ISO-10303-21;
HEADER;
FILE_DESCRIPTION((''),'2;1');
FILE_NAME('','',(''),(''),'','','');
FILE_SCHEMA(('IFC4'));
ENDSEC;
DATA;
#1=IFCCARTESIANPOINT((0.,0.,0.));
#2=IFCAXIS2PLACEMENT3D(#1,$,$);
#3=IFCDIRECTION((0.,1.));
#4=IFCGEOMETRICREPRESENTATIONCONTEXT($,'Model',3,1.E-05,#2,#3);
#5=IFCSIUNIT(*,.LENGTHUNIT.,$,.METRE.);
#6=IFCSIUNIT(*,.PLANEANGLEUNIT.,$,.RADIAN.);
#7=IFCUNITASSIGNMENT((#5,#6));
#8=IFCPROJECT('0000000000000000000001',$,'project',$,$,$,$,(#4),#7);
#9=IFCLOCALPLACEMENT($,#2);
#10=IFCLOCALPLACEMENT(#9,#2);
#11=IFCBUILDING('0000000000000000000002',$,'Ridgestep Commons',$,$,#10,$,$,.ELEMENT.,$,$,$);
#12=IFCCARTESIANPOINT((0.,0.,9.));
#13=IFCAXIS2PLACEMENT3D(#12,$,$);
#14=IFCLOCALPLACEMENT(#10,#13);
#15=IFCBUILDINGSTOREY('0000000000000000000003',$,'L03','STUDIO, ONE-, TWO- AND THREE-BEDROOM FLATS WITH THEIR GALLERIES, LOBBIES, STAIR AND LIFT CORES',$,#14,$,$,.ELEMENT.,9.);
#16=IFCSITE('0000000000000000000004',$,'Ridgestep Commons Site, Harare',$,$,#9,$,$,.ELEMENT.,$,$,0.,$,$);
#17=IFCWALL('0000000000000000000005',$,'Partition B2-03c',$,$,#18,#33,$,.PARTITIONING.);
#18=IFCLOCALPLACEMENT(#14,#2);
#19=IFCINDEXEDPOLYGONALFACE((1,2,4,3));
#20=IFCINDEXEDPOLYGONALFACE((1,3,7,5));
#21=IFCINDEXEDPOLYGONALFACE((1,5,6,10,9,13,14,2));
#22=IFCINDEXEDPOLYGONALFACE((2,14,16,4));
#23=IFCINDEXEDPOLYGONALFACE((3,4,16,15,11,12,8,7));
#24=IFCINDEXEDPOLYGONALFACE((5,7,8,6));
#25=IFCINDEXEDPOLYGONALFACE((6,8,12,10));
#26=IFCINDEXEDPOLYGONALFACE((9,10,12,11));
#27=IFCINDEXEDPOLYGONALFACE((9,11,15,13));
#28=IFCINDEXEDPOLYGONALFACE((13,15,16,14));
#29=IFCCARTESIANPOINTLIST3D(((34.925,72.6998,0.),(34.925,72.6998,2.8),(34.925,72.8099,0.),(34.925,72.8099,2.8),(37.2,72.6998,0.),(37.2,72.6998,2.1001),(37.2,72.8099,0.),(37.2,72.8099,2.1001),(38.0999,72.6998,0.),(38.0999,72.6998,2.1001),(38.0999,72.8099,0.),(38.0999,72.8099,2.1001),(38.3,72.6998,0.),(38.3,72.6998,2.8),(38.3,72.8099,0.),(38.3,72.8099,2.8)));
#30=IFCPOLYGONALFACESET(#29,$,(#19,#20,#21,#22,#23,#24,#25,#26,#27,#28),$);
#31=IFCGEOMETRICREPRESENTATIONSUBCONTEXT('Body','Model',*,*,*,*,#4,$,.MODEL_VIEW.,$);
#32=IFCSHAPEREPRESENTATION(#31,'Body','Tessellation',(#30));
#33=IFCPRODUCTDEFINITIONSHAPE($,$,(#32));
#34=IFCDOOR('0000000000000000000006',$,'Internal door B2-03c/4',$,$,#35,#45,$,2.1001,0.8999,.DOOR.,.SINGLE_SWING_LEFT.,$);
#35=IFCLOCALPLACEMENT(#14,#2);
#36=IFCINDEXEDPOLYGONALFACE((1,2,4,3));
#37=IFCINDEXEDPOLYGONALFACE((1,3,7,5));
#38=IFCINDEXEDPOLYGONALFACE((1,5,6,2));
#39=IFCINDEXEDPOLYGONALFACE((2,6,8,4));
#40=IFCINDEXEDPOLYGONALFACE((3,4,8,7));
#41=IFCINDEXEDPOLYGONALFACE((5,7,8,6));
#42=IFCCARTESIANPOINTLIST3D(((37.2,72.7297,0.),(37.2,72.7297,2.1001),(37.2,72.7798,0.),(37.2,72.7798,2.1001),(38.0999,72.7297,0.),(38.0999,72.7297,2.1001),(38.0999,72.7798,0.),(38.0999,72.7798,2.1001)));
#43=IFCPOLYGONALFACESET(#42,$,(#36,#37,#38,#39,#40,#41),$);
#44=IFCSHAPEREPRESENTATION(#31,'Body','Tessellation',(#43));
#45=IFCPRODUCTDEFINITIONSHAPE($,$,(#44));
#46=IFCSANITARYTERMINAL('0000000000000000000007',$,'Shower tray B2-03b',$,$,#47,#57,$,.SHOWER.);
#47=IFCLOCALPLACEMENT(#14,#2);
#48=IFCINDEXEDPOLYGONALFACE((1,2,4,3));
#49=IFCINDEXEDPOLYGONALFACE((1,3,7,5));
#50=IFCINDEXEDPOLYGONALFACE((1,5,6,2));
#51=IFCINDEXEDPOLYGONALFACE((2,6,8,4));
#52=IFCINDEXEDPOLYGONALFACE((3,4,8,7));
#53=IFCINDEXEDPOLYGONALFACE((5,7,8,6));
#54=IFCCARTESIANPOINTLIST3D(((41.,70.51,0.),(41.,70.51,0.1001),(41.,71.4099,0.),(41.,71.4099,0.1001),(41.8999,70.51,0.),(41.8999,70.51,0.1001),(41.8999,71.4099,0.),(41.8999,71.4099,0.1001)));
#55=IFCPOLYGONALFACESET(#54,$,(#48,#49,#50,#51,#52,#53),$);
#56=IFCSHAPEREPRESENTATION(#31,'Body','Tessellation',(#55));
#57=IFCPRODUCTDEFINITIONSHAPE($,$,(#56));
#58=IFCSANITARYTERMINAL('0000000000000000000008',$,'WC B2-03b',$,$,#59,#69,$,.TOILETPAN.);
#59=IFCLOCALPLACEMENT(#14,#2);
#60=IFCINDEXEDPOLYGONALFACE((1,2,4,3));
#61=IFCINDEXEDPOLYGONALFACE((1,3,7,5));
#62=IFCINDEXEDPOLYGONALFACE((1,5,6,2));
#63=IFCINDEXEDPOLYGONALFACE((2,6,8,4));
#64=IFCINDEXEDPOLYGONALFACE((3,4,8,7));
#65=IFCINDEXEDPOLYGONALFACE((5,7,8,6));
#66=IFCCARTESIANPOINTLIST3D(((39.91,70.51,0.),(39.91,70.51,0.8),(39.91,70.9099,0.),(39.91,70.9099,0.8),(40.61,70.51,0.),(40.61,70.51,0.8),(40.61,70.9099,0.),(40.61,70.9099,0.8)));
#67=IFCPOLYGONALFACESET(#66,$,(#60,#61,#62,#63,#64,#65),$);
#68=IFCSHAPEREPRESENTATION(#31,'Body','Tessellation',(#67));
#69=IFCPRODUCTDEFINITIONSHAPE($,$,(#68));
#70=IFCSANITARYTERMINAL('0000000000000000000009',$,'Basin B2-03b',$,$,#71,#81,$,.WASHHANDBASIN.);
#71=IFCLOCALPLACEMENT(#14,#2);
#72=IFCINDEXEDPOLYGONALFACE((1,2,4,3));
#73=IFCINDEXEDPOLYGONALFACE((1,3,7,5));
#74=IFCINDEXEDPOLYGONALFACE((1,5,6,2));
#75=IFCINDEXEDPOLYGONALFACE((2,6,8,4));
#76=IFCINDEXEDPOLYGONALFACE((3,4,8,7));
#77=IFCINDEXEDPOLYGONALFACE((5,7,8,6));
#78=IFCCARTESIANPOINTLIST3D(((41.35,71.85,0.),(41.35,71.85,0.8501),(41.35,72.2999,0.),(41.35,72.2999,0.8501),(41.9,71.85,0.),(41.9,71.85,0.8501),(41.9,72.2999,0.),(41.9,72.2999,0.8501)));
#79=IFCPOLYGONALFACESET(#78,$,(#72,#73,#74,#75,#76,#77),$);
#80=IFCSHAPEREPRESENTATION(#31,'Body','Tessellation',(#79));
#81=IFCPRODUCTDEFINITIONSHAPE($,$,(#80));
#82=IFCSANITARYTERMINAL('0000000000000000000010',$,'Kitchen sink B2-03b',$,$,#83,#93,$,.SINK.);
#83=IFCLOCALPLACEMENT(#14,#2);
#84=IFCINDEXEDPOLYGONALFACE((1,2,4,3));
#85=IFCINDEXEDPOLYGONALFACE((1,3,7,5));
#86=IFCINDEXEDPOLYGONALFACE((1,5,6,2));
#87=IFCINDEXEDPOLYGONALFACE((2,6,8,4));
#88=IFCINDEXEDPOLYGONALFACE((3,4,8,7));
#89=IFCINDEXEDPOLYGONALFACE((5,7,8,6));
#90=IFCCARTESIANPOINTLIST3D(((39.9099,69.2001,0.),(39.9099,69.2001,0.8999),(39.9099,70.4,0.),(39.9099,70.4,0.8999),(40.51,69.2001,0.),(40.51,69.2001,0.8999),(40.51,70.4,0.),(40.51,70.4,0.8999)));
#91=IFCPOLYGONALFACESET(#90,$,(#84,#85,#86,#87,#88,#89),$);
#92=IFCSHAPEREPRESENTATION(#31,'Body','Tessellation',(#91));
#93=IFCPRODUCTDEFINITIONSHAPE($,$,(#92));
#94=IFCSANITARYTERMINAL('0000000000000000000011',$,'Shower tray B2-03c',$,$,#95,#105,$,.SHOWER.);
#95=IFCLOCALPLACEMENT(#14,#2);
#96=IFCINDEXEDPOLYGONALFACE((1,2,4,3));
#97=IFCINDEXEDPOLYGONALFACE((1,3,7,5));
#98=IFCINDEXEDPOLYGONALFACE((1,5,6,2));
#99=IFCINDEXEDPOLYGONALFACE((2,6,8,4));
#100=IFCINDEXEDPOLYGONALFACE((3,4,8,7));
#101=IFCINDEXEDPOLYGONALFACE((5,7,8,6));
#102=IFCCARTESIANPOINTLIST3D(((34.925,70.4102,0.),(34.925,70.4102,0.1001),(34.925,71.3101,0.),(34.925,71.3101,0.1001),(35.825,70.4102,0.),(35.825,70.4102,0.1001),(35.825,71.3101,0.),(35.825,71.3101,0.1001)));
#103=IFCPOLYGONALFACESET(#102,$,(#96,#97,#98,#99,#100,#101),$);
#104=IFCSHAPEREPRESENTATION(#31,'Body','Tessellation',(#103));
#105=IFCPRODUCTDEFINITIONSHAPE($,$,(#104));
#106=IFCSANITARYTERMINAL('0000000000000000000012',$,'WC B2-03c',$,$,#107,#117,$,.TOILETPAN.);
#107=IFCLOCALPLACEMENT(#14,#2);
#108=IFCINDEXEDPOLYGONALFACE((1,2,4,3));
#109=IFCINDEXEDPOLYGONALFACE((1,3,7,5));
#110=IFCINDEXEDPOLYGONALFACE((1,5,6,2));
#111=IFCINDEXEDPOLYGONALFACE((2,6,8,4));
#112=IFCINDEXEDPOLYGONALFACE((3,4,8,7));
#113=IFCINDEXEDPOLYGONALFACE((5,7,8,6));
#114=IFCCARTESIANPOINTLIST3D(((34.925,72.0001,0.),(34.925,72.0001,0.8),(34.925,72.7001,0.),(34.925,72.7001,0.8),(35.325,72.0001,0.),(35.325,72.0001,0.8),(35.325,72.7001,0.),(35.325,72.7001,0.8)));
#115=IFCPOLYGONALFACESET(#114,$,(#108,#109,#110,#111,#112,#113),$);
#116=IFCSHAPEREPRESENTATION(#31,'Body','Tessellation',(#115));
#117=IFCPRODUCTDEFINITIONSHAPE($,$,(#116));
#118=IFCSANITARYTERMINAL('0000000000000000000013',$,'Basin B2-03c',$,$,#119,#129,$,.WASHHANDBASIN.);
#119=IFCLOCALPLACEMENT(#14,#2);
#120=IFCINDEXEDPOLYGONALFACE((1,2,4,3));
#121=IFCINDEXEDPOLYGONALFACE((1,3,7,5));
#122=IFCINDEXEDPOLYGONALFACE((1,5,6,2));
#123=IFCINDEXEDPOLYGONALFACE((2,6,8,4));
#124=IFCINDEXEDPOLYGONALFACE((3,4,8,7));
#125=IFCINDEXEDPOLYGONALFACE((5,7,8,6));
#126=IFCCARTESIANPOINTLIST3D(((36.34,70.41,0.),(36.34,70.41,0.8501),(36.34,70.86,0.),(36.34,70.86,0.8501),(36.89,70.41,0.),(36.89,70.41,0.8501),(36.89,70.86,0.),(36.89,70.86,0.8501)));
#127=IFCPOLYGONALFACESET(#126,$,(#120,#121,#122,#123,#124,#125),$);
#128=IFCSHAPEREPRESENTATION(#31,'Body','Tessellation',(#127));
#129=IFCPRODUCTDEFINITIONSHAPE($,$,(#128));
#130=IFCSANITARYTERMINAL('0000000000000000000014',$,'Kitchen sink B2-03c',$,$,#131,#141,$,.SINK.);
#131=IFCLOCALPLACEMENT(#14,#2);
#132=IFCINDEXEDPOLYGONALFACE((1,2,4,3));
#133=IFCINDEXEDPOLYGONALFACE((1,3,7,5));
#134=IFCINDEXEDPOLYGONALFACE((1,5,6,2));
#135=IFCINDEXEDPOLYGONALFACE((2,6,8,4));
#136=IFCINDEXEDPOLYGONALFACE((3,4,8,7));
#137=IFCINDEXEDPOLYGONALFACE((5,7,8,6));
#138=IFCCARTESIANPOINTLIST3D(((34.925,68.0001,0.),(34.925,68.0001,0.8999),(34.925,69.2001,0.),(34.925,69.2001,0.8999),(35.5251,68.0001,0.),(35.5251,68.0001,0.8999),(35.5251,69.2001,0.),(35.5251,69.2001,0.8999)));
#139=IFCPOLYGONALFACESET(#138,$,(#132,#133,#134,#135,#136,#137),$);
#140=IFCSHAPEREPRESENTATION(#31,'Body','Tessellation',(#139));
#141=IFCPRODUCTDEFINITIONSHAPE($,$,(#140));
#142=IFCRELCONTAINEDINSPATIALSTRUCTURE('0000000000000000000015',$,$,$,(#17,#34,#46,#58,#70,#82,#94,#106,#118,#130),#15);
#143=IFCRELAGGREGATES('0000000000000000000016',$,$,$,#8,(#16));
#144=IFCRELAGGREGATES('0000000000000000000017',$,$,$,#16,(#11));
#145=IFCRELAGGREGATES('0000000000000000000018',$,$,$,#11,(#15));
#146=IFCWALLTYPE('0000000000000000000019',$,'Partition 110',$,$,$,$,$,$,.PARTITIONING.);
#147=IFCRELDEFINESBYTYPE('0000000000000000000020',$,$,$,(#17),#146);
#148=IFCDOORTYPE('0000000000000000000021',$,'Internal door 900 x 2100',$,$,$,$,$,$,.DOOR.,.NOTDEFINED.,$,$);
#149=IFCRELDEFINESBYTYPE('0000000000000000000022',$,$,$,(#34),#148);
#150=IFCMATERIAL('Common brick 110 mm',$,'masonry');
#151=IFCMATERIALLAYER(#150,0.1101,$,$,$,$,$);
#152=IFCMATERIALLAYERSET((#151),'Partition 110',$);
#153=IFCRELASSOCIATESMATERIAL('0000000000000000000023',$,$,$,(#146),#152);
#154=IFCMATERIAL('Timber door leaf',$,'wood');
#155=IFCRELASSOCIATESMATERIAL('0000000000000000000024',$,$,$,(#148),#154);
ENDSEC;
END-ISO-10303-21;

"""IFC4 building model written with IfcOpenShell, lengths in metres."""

from ifc_helpers import new_model, si_unit, direction, frame, frame_2d, origin, origin_2d, place, context, subcontext, project, spatial, rectangle, extrude, material, layer, layer_set, type_object, element, fill, save


model = new_model("IFC4")

# Units and contexts
model_context = context("Model", 3, precision=1e-05, world=origin(), true_north=direction((0.0, 1.0)))
body_context = subcontext(model_context, "Body", "Model", "MODEL_VIEW")
ifc_project = project(units=[si_unit("LENGTHUNIT", "METRE"), si_unit("PLANEANGLEUNIT", "RADIAN")], contexts=[model_context])

# Site, building, storey
site_placement = place(None, origin())
site = spatial("IfcSite", under=ifc_project, at=site_placement, Name="Ridgestep Commons Site, Harare", CompositionType="ELEMENT", RefElevation=0.0)
building_placement = place(site_placement, origin())
building = spatial("IfcBuilding", under=site, at=building_placement, Name="Ridgestep Commons", CompositionType="ELEMENT")
storey_placement = place(building_placement, frame((0.0, 0.0, 9.0)))
storey = spatial("IfcBuildingStorey", under=building, at=storey_placement, Name="L03", Description="STUDIO, ONE-, TWO- AND THREE-BEDROOM FLATS WITH THEIR GALLERIES, LOBBIES, STAIR AND LIFT CORES", CompositionType="ELEMENT", Elevation=9.0)

# Shared definitions
ifc_material_1 = material(Name="Common brick 110 mm", Category="masonry")
ifc_layer_1 = layer(ifc_material_1, 0.1101)
ifc_layer_set_1 = layer_set([ifc_layer_1], Name="Partition 110")
wall_type_1 = type_object("IfcWallType", Name="Partition 110", PredefinedType="PARTITIONING", material=ifc_layer_set_1)

# Shared definitions
ifc_material_2 = material(Name="Timber door leaf", Category="wood")
door_type = type_object("IfcDoorType", Name="Internal door 900 x 2100", OperationType="NOTDEFINED", PredefinedType="DOOR", material=ifc_material_2)

# Wall, opening, door
wall_1_placement = place(storey_placement, frame((34.925, 72.7549, 0.0), z_axis=(0.0, 0.0, 1.0), x_axis=(1.0, 0.0, 0.0)))
wall_1 = element("IfcWall", 1, at=wall_1_placement, inside=storey, type_object=wall_type_1, Name="Partition B2-03c", PredefinedType="PARTITIONING", context=body_context, shape_type="SweptSolid", body=[
    extrude(rectangle(XDim=3.375, YDim=0.1101, at=frame_2d((1.6875, 0.0))), origin(), (0.0, 0.0, 1.0), 2.8),
])
opening_1_placement = place(wall_1_placement, frame((2.2749, 0.0, 0.0)))
opening_1 = element("IfcOpeningElement", 2, at=opening_1_placement, cuts=wall_1, PredefinedType="OPENING", context=body_context, shape_type="SweptSolid", body=[
    extrude(rectangle(XDim=0.8999, YDim=2.1001, at=frame_2d((0.45, 1.05))), frame((0.0, 0.0649, 0.0), z_axis=(0.0, -1.0, 0.0), x_axis=(1.0, 0.0, 0.0)), (0.0, 0.0, 1.0), 0.1301),
])
door_1_placement = place(opening_1_placement, origin())
door_1 = element("IfcDoor", 3, at=door_1_placement, inside=storey, type_object=door_type, Name="Internal door B2-03c/4", OperationType="SINGLE_SWING_LEFT", OverallHeight=2.1001, OverallWidth=0.8999, PredefinedType="DOOR", context=body_context, shape_type="SweptSolid", body=[
    extrude(rectangle(XDim=0.8999, YDim=2.1001, at=frame_2d((0.45, 1.05))), frame((0.0, 0.0249, 0.0), z_axis=(0.0, -1.0, 0.0), x_axis=(1.0, 0.0, 0.0)), (0.0, 0.0, 1.0), 0.05),
])
fill(opening_1, door_1)

# Sanitary terminals
sanitary_terminal_1_placement = place(storey_placement, frame((41.45, 70.96, 0.0), z_axis=(0.0, 0.0, 1.0), x_axis=(1.0, 0.0, 0.0)))
element("IfcSanitaryTerminal", 4, at=sanitary_terminal_1_placement, inside=storey, Name="Shower tray B2-03b", PredefinedType="SHOWER", context=body_context, shape_type="SweptSolid", body=[
    extrude(rectangle(XDim=0.8999, YDim=0.8999, at=origin_2d()), origin(), (0.0, 0.0, 1.0), 0.1001),
])
sanitary_terminal_2_placement = place(storey_placement, frame((40.26, 70.71, 0.0), z_axis=(0.0, 0.0, 1.0), x_axis=(1.0, 0.0, 0.0)))
element("IfcSanitaryTerminal", 5, at=sanitary_terminal_2_placement, inside=storey, Name="WC B2-03b", PredefinedType="TOILETPAN", context=body_context, shape_type="SweptSolid", body=[
    extrude(rectangle(XDim=0.7, YDim=0.3999, at=origin_2d()), origin(), (0.0, 0.0, 1.0), 0.8),
])
sanitary_terminal_3_placement = place(storey_placement, frame((41.625, 72.075, 0.0), z_axis=(0.0, 0.0, 1.0), x_axis=(1.0, 0.0, 0.0)))
element("IfcSanitaryTerminal", 6, at=sanitary_terminal_3_placement, inside=storey, Name="Basin B2-03b", PredefinedType="WASHHANDBASIN", context=body_context, shape_type="SweptSolid", body=[
    extrude(rectangle(XDim=0.55, YDim=0.45, at=origin_2d()), origin(), (0.0, 0.0, 1.0), 0.8501),
])
sanitary_terminal_4_placement = place(storey_placement, frame((40.21, 69.8, 0.0), z_axis=(0.0, 0.0, 1.0), x_axis=(1.0, 0.0, 0.0)))
element("IfcSanitaryTerminal", 7, at=sanitary_terminal_4_placement, inside=storey, Name="Kitchen sink B2-03b", PredefinedType="SINK", context=body_context, shape_type="SweptSolid", body=[
    extrude(rectangle(XDim=0.6001, YDim=1.2, at=origin_2d()), origin(), (0.0, 0.0, 1.0), 0.8999),
])
sanitary_terminal_5_placement = place(storey_placement, frame((35.375, 70.8601, 0.0), z_axis=(0.0, 0.0, 1.0), x_axis=(1.0, 0.0, 0.0)))
element("IfcSanitaryTerminal", 8, at=sanitary_terminal_5_placement, inside=storey, Name="Shower tray B2-03c", PredefinedType="SHOWER", context=body_context, shape_type="SweptSolid", body=[
    extrude(rectangle(XDim=0.8999, YDim=0.8999, at=origin_2d()), origin(), (0.0, 0.0, 1.0), 0.1001),
])
sanitary_terminal_6_placement = place(storey_placement, frame((35.125, 72.3501, 0.0), z_axis=(0.0, 0.0, 1.0), x_axis=(1.0, 0.0, 0.0)))
element("IfcSanitaryTerminal", 9, at=sanitary_terminal_6_placement, inside=storey, Name="WC B2-03c", PredefinedType="TOILETPAN", context=body_context, shape_type="SweptSolid", body=[
    extrude(rectangle(XDim=0.3999, YDim=0.7, at=origin_2d()), origin(), (0.0, 0.0, 1.0), 0.8),
])
sanitary_terminal_7_placement = place(storey_placement, frame((36.615, 70.635, 0.0), z_axis=(0.0, 0.0, 1.0), x_axis=(1.0, 0.0, 0.0)))
element("IfcSanitaryTerminal", 10, at=sanitary_terminal_7_placement, inside=storey, Name="Basin B2-03c", PredefinedType="WASHHANDBASIN", context=body_context, shape_type="SweptSolid", body=[
    extrude(rectangle(XDim=0.55, YDim=0.45, at=origin_2d()), origin(), (0.0, 0.0, 1.0), 0.8501),
])
sanitary_terminal_8_placement = place(storey_placement, frame((35.2251, 68.6001, 0.0), z_axis=(0.0, 0.0, 1.0), x_axis=(1.0, 0.0, 0.0)))
element("IfcSanitaryTerminal", 11, at=sanitary_terminal_8_placement, inside=storey, Name="Kitchen sink B2-03c", PredefinedType="SINK", context=body_context, shape_type="SweptSolid", body=[
    extrude(rectangle(XDim=0.6001, YDim=1.2, at=origin_2d()), origin(), (0.0, 0.0, 1.0), 0.8999),
])

save(model, "model.ifc")
